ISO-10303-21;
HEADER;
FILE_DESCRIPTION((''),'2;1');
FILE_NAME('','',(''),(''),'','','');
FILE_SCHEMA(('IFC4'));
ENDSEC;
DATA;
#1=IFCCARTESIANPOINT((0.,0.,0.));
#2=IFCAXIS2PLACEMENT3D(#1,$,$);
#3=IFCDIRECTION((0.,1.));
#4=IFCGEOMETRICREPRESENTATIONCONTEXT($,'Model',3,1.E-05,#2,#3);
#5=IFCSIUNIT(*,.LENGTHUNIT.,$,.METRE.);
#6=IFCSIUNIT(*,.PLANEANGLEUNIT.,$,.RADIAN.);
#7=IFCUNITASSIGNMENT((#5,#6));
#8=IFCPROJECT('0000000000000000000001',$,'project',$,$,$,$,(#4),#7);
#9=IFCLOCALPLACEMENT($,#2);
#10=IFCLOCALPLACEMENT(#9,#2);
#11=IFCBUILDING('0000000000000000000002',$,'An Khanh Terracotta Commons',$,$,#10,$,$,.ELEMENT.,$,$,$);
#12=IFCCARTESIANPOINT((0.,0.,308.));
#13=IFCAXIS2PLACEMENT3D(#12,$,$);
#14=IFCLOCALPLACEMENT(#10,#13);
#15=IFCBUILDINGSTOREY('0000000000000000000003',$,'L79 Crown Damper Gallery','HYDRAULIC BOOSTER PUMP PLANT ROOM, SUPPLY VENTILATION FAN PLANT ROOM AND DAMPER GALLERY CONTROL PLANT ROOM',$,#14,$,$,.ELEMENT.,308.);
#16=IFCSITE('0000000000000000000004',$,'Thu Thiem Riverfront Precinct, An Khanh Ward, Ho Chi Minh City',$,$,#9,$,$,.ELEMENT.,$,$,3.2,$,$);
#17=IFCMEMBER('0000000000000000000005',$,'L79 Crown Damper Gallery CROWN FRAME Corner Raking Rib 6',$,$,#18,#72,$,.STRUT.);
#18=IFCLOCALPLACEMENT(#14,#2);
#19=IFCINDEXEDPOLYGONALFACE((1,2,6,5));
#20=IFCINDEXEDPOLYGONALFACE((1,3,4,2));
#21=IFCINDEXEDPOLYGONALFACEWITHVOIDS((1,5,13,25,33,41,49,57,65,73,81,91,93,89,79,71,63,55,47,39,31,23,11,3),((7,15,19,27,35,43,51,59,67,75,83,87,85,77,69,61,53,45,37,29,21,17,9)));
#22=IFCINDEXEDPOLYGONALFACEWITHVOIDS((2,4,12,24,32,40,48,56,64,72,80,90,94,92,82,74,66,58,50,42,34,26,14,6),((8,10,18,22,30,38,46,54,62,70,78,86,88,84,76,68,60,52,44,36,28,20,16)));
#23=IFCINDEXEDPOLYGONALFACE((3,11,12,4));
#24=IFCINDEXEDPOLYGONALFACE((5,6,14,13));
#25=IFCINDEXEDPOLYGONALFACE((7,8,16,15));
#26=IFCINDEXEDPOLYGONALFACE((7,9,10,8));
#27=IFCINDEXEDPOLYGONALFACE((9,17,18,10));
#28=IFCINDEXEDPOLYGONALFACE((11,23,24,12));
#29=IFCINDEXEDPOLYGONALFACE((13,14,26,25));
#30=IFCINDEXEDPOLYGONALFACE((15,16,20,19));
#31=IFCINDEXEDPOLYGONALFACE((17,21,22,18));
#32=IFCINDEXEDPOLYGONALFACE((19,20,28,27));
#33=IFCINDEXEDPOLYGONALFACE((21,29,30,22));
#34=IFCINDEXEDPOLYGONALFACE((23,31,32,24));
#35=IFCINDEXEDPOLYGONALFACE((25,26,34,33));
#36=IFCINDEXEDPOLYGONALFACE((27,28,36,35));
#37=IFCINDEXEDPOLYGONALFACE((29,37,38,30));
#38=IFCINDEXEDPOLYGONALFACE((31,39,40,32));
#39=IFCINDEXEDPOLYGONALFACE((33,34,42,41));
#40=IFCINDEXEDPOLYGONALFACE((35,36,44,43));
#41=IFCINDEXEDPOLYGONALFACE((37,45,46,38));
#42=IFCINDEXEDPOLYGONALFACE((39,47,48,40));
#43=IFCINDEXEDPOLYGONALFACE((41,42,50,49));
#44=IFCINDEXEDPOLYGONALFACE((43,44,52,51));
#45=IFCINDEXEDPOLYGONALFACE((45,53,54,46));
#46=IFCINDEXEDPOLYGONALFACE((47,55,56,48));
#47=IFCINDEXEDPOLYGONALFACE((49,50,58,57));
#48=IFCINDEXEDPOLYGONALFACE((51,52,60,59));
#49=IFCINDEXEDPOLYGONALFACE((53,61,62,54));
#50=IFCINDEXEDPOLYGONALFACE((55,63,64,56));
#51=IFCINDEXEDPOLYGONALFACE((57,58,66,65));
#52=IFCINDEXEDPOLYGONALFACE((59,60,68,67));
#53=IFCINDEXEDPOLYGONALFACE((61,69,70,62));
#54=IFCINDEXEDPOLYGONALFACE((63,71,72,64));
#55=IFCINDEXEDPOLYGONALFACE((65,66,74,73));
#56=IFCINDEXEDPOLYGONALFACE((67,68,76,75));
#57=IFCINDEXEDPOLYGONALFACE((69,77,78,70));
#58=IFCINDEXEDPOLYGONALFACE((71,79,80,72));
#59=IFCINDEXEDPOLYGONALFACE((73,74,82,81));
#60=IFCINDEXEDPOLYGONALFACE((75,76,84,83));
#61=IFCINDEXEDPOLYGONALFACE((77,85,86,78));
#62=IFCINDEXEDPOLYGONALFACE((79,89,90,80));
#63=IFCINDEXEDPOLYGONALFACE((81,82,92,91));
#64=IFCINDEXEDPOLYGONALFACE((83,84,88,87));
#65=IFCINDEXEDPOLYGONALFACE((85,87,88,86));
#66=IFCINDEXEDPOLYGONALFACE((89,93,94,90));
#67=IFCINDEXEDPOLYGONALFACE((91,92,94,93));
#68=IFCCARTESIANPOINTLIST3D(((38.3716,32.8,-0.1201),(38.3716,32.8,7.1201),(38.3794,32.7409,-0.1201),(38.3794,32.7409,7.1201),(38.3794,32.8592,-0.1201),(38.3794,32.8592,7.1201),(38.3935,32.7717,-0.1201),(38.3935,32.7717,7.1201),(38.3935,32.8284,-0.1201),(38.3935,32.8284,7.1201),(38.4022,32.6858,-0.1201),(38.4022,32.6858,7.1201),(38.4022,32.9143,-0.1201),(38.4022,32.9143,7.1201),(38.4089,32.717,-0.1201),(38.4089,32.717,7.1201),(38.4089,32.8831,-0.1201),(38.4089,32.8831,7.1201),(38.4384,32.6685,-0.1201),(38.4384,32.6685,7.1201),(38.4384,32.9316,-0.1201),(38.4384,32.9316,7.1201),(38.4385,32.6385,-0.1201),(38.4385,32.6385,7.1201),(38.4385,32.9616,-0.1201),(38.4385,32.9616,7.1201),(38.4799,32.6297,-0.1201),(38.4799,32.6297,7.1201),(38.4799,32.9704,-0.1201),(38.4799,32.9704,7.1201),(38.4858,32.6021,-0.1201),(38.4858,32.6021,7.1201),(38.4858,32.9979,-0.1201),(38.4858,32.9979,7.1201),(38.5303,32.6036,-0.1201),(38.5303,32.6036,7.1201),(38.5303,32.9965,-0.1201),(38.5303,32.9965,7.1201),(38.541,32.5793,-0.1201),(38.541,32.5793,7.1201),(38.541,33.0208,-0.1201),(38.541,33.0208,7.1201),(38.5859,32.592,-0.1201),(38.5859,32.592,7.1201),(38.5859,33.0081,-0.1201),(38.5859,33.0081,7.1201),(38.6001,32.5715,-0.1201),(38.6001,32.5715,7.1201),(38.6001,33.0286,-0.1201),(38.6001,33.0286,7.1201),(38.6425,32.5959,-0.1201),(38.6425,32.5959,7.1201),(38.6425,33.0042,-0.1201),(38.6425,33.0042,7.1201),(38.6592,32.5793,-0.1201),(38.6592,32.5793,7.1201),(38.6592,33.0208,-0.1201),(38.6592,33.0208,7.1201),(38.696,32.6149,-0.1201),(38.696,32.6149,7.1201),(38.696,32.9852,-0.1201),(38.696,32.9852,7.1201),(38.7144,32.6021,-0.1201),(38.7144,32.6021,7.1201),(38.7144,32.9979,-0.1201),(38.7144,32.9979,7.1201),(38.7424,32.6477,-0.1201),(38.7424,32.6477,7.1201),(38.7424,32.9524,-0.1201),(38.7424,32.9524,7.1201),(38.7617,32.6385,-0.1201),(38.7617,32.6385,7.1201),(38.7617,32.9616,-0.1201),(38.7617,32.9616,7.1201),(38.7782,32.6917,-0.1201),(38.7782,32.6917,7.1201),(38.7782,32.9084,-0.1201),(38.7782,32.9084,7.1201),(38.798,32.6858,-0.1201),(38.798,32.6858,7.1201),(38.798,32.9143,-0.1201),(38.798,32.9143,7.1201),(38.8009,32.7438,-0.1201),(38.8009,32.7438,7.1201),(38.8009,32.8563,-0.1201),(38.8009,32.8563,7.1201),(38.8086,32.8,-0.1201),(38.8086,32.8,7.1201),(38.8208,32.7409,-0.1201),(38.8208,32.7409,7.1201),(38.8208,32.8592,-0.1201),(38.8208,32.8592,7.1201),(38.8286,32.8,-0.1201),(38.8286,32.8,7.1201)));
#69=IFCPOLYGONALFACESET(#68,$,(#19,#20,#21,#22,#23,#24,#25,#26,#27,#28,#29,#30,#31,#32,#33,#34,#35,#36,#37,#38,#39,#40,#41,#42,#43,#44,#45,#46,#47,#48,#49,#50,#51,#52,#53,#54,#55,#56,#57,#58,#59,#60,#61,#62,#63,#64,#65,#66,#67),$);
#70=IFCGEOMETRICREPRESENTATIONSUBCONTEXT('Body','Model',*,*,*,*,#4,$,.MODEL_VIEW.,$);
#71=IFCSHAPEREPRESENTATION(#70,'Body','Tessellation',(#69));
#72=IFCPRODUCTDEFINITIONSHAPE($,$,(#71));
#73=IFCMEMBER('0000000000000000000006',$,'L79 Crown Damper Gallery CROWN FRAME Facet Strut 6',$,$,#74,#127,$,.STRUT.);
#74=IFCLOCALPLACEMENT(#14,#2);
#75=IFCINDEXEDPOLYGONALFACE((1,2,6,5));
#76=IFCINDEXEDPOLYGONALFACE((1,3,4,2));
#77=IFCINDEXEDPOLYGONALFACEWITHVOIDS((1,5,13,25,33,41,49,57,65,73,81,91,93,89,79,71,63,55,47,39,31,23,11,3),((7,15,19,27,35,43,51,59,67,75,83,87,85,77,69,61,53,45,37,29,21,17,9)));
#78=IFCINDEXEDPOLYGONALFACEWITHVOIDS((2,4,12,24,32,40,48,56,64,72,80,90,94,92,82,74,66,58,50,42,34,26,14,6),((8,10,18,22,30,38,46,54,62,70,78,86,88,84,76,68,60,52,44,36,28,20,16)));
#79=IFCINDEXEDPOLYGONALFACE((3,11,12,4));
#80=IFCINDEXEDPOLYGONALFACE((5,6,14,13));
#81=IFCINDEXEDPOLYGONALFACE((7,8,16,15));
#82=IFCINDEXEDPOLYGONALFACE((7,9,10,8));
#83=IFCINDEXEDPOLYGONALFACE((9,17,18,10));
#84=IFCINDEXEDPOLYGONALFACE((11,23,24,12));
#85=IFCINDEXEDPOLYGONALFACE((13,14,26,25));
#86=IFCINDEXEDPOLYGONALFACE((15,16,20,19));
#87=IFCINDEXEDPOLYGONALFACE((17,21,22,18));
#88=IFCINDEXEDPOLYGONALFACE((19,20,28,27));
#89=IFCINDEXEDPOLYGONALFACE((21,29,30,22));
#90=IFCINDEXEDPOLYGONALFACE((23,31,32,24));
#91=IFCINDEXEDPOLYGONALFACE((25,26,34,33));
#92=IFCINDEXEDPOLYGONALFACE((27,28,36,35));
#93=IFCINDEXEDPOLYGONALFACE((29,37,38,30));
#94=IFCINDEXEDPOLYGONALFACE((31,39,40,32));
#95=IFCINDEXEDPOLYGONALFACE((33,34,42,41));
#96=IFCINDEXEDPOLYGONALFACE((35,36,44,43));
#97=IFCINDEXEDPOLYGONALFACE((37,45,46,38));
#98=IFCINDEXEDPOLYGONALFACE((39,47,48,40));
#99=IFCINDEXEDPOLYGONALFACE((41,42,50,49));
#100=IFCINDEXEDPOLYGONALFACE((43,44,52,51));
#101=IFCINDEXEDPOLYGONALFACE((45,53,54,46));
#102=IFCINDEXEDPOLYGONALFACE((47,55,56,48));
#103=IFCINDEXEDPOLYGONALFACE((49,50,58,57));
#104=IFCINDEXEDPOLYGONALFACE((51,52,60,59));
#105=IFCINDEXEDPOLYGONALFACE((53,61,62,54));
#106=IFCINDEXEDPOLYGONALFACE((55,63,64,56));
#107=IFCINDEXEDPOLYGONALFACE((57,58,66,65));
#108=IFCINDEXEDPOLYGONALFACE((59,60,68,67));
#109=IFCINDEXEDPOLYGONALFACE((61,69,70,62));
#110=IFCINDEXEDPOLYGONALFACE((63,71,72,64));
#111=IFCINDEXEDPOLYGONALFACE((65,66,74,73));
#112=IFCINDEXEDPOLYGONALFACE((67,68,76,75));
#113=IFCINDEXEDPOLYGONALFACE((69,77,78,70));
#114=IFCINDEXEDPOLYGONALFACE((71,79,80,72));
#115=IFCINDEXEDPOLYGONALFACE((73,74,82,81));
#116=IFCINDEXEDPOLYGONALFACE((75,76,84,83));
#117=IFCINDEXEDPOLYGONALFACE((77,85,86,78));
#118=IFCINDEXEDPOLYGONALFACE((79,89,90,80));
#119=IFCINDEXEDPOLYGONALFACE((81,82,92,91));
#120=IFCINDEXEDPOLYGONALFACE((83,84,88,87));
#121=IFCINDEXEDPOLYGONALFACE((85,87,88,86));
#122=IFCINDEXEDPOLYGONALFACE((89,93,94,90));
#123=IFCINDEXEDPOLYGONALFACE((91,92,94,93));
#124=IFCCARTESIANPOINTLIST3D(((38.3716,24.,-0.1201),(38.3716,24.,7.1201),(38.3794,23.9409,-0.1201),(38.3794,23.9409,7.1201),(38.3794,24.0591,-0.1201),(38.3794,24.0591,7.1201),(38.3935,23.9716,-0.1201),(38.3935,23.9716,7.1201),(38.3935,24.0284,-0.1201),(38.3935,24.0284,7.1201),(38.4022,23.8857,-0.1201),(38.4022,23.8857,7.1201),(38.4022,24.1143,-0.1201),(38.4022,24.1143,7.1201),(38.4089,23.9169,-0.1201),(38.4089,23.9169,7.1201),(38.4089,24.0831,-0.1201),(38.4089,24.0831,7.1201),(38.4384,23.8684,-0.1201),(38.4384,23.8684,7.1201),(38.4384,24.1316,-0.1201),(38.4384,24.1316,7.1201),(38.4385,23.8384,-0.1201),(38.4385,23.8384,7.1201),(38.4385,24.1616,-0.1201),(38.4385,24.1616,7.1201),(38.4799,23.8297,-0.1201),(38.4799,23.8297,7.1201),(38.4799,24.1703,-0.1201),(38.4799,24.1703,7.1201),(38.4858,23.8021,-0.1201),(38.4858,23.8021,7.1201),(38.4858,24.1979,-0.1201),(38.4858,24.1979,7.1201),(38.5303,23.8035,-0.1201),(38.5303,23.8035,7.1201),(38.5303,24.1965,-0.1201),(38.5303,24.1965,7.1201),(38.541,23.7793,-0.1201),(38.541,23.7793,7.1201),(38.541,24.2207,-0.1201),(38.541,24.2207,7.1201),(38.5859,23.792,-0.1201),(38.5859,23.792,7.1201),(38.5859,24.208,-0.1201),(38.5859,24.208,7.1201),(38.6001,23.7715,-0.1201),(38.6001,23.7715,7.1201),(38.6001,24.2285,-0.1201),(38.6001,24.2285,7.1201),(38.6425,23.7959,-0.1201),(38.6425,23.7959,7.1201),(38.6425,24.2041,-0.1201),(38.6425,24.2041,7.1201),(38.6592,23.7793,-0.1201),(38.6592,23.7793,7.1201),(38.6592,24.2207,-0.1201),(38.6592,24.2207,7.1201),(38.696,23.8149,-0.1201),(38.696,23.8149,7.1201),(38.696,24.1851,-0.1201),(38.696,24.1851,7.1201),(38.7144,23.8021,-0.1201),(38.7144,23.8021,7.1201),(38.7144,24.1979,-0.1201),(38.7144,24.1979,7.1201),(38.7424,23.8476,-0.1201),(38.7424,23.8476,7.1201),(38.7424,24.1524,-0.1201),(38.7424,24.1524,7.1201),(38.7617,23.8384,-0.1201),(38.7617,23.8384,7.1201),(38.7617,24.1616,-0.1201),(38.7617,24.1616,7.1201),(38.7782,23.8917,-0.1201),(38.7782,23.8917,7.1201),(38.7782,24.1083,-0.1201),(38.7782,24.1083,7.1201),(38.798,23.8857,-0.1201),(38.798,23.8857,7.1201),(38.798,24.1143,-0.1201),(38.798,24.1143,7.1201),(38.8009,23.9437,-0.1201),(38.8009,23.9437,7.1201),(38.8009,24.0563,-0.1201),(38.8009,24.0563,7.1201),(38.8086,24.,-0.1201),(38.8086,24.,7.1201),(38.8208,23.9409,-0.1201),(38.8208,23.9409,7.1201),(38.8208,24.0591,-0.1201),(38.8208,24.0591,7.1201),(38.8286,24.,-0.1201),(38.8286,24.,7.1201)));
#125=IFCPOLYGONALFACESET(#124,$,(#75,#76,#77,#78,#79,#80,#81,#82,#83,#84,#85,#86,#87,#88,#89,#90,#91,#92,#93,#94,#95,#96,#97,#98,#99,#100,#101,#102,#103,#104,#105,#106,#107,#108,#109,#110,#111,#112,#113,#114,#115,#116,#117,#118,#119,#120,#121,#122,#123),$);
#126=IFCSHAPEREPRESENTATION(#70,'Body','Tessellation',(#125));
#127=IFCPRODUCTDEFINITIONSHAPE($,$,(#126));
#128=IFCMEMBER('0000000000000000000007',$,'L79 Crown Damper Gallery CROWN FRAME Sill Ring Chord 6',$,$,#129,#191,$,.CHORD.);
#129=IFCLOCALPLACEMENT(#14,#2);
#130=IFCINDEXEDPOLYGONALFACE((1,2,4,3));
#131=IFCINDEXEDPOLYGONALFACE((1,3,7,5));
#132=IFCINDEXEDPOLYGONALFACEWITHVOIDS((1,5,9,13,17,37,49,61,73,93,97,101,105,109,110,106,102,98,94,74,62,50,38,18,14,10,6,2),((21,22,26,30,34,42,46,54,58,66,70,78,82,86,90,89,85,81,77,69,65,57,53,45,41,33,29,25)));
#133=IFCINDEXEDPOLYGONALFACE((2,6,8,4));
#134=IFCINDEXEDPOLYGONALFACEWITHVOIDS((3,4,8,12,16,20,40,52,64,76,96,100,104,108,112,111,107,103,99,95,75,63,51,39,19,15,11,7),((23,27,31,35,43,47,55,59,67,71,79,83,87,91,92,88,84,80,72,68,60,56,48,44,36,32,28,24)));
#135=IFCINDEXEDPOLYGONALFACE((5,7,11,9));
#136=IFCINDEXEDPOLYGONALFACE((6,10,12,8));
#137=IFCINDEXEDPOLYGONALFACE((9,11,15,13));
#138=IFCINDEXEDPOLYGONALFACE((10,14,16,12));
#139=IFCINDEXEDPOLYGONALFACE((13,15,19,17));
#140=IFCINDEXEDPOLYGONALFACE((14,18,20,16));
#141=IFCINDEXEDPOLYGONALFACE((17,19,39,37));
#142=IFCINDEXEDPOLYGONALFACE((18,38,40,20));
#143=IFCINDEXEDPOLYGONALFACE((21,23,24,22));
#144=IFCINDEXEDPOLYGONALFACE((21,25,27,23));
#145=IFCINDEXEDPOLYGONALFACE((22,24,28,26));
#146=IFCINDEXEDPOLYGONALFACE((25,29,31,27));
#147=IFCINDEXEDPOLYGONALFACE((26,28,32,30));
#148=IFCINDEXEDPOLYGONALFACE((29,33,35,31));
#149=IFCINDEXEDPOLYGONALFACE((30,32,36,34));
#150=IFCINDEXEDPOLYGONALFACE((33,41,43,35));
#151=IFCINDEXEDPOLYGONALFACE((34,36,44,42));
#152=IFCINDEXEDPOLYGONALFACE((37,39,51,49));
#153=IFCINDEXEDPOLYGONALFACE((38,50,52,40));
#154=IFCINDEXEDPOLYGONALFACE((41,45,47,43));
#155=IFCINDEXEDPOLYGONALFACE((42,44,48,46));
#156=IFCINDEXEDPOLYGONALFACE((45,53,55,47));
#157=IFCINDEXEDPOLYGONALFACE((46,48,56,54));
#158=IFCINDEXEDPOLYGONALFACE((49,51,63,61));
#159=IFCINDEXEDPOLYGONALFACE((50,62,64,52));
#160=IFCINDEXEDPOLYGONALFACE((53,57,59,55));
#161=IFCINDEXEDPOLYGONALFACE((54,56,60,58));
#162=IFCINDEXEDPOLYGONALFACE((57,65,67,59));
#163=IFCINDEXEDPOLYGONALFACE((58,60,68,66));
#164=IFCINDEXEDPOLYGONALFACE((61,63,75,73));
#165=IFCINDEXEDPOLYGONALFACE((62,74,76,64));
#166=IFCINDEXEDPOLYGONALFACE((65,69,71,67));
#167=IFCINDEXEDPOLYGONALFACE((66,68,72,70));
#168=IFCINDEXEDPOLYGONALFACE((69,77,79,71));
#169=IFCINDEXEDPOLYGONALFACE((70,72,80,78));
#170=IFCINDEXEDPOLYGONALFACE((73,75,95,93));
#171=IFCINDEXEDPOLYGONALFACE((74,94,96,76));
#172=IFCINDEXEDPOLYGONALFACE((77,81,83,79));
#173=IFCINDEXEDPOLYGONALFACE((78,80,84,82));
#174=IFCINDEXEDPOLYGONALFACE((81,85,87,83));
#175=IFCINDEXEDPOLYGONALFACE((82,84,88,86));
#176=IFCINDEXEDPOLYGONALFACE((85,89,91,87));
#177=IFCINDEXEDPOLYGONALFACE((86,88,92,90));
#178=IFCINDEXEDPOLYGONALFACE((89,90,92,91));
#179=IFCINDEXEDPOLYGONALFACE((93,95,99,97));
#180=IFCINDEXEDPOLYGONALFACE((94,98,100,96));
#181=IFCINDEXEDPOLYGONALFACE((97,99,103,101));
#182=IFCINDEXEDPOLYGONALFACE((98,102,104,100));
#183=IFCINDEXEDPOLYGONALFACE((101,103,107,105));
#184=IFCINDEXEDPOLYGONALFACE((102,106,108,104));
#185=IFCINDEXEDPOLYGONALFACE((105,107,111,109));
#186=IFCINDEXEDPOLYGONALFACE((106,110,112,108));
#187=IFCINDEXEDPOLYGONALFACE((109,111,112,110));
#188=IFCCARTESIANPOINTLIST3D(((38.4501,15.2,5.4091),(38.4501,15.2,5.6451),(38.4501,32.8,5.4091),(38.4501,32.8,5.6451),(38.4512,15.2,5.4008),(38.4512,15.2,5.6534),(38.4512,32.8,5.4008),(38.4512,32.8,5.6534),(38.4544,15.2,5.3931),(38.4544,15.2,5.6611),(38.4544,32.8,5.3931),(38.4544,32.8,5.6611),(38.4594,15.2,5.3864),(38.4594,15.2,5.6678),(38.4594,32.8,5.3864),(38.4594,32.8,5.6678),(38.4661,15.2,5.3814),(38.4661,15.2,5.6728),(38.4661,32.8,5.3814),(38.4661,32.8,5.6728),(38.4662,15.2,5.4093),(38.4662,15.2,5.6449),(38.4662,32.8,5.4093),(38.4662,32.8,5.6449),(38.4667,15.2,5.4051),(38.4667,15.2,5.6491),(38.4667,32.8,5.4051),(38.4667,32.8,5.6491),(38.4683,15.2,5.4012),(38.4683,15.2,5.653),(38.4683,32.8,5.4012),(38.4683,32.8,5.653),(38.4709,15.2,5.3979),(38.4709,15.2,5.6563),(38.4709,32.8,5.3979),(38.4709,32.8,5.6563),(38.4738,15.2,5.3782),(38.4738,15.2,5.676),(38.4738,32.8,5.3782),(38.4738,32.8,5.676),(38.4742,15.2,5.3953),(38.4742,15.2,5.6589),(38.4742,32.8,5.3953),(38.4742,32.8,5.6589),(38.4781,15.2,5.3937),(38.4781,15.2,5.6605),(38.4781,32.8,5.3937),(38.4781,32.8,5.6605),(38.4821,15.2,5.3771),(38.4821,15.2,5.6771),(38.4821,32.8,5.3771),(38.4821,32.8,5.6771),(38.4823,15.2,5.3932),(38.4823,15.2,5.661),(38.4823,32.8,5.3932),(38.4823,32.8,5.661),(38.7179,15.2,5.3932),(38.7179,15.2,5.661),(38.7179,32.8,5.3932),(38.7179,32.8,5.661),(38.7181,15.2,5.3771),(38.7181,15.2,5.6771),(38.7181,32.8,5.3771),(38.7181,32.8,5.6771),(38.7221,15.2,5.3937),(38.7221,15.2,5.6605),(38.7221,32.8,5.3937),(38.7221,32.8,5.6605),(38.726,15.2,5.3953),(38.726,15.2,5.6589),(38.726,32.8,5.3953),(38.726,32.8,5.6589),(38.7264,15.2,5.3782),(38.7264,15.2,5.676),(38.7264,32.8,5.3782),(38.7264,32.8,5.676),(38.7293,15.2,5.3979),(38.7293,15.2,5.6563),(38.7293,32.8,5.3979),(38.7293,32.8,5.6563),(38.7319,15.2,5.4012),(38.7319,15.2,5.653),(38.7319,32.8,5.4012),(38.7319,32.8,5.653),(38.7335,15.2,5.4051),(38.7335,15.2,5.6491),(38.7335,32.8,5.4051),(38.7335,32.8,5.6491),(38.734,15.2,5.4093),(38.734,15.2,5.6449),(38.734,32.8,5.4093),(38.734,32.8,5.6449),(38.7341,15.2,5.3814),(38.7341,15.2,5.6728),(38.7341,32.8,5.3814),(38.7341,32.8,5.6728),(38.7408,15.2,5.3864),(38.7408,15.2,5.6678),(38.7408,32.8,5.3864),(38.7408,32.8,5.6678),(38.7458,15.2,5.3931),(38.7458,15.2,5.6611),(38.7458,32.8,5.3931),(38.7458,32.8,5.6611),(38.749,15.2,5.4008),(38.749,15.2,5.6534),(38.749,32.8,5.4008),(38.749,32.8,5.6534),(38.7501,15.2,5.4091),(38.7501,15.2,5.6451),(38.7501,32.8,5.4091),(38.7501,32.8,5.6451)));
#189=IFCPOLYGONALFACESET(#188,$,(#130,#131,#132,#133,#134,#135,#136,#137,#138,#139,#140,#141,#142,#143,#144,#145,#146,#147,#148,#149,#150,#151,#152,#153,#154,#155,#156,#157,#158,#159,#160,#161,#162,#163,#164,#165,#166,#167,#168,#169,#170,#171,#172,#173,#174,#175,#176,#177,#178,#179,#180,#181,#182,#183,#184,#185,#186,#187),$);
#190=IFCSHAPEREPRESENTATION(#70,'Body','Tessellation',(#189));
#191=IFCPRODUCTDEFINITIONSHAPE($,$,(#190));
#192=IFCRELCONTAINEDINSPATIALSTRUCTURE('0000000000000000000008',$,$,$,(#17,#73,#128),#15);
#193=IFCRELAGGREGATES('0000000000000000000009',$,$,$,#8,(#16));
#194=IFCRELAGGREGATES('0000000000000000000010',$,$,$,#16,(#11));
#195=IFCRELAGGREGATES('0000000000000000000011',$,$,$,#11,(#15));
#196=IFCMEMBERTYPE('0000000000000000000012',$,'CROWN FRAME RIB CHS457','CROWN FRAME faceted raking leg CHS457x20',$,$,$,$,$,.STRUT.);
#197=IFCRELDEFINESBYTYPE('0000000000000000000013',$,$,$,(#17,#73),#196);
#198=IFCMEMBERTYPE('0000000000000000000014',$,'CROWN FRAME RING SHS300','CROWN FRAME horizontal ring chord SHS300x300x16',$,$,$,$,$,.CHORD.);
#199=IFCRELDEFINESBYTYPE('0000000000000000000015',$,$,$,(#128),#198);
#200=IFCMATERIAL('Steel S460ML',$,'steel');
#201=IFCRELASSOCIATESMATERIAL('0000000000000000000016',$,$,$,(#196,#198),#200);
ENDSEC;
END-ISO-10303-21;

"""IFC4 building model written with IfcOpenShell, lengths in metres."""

from ifc_helpers import new_model, si_unit, direction, frame, origin, origin_2d, place, context, subcontext, project, spatial, hollow_rectangle, hollow_circle, extrude, material, material_profile, profile_set, type_object, element, save


model = new_model("IFC4")

# Units and contexts
model_context = context("Model", 3, precision=1e-05, world=origin(), true_north=direction((0.0, 1.0)))
body_context = subcontext(model_context, "Body", "Model", "MODEL_VIEW")
ifc_project = project(units=[si_unit("LENGTHUNIT", "METRE"), si_unit("PLANEANGLEUNIT", "RADIAN")], contexts=[model_context])

# Site, building, storey
site_placement = place(None, origin())
site = spatial("IfcSite", under=ifc_project, at=site_placement, Name="Thu Thiem Riverfront Precinct, An Khanh Ward, Ho Chi Minh City", CompositionType="ELEMENT", RefElevation=3.2)
building_placement = place(site_placement, origin())
building = spatial("IfcBuilding", under=site, at=building_placement, Name="An Khanh Terracotta Commons", CompositionType="ELEMENT")
storey_placement = place(building_placement, frame((0.0, 0.0, 308.0)))
storey = spatial("IfcBuildingStorey", under=building, at=storey_placement, Name="L79 Crown Damper Gallery", Description="HYDRAULIC BOOSTER PUMP PLANT ROOM, SUPPLY VENTILATION FAN PLANT ROOM AND DAMPER GALLERY CONTROL PLANT ROOM", CompositionType="ELEMENT", Elevation=308.0)

# Shared definitions
ifc_material_1 = material(Name="Steel S460ML", Category="steel")

# Members
ifc_material_profile_1 = material_profile(ifc_material_1, hollow_circle(Radius=0.2285, WallThickness=0.02, at=origin_2d()), Name="CHS457x20")
ifc_profile_set_1 = profile_set([ifc_material_profile_1], Name="Steel S460ML")
member_type_1 = type_object("IfcMemberType", Name="CROWN FRAME RIB CHS457", Description="CROWN FRAME faceted raking leg CHS457x20", PredefinedType="STRUT", material=ifc_profile_set_1)
for number, where, z_axis, x_axis, name in (
    (1, (38.6001, 32.8, -0.1201), (0.0, 0.0, 1.0), (1.0, 0.0, 0.0), "L79 Crown Damper Gallery CROWN FRAME Corner Raking Rib 6"),
    (2, (38.6001, 24.0, -0.1201), (0.0, 0.0, 1.0), (1.0, 0.0, 0.0), "L79 Crown Damper Gallery CROWN FRAME Facet Strut 6"),
):
    element("IfcMember", number, at=place(storey_placement, frame(where, z_axis=z_axis, x_axis=x_axis)), inside=storey, type_object=member_type_1, Name=name, PredefinedType="STRUT", context=body_context, shape_type="SweptSolid", body=[
        extrude(hollow_circle(Radius=0.2285, WallThickness=0.02, at=origin_2d()), origin(), (0.0, 0.0, 1.0), 7.2402),
    ])
ifc_material_profile_2 = material_profile(ifc_material_1, hollow_rectangle(XDim=0.3, YDim=0.3, WallThickness=0.0161, InnerFilletRadius=0.0161, OuterFilletRadius=0.032, at=origin_2d()), Name="SHS300x300x16")
ifc_profile_set_2 = profile_set([ifc_material_profile_2], Name="Steel S460ML")
member_type_2 = type_object("IfcMemberType", Name="CROWN FRAME RING SHS300", Description="CROWN FRAME horizontal ring chord SHS300x300x16", PredefinedType="CHORD", material=ifc_profile_set_2)
member_placement = place(storey_placement, frame((38.6001, 32.8, 5.5271), z_axis=(0.0, -1.0, 0.0), x_axis=(1.0, 0.0, 0.0)))
element("IfcMember", 3, at=member_placement, inside=storey, type_object=member_type_2, Name="L79 Crown Damper Gallery CROWN FRAME Sill Ring Chord 6", PredefinedType="CHORD", context=body_context, shape_type="SweptSolid", body=[
    extrude(hollow_rectangle(XDim=0.3, YDim=0.3, WallThickness=0.0161, InnerFilletRadius=0.0161, OuterFilletRadius=0.032, at=origin_2d()), origin(), (0.0, 0.0, 1.0), 17.6001),
])

save(model, "model.ifc")
